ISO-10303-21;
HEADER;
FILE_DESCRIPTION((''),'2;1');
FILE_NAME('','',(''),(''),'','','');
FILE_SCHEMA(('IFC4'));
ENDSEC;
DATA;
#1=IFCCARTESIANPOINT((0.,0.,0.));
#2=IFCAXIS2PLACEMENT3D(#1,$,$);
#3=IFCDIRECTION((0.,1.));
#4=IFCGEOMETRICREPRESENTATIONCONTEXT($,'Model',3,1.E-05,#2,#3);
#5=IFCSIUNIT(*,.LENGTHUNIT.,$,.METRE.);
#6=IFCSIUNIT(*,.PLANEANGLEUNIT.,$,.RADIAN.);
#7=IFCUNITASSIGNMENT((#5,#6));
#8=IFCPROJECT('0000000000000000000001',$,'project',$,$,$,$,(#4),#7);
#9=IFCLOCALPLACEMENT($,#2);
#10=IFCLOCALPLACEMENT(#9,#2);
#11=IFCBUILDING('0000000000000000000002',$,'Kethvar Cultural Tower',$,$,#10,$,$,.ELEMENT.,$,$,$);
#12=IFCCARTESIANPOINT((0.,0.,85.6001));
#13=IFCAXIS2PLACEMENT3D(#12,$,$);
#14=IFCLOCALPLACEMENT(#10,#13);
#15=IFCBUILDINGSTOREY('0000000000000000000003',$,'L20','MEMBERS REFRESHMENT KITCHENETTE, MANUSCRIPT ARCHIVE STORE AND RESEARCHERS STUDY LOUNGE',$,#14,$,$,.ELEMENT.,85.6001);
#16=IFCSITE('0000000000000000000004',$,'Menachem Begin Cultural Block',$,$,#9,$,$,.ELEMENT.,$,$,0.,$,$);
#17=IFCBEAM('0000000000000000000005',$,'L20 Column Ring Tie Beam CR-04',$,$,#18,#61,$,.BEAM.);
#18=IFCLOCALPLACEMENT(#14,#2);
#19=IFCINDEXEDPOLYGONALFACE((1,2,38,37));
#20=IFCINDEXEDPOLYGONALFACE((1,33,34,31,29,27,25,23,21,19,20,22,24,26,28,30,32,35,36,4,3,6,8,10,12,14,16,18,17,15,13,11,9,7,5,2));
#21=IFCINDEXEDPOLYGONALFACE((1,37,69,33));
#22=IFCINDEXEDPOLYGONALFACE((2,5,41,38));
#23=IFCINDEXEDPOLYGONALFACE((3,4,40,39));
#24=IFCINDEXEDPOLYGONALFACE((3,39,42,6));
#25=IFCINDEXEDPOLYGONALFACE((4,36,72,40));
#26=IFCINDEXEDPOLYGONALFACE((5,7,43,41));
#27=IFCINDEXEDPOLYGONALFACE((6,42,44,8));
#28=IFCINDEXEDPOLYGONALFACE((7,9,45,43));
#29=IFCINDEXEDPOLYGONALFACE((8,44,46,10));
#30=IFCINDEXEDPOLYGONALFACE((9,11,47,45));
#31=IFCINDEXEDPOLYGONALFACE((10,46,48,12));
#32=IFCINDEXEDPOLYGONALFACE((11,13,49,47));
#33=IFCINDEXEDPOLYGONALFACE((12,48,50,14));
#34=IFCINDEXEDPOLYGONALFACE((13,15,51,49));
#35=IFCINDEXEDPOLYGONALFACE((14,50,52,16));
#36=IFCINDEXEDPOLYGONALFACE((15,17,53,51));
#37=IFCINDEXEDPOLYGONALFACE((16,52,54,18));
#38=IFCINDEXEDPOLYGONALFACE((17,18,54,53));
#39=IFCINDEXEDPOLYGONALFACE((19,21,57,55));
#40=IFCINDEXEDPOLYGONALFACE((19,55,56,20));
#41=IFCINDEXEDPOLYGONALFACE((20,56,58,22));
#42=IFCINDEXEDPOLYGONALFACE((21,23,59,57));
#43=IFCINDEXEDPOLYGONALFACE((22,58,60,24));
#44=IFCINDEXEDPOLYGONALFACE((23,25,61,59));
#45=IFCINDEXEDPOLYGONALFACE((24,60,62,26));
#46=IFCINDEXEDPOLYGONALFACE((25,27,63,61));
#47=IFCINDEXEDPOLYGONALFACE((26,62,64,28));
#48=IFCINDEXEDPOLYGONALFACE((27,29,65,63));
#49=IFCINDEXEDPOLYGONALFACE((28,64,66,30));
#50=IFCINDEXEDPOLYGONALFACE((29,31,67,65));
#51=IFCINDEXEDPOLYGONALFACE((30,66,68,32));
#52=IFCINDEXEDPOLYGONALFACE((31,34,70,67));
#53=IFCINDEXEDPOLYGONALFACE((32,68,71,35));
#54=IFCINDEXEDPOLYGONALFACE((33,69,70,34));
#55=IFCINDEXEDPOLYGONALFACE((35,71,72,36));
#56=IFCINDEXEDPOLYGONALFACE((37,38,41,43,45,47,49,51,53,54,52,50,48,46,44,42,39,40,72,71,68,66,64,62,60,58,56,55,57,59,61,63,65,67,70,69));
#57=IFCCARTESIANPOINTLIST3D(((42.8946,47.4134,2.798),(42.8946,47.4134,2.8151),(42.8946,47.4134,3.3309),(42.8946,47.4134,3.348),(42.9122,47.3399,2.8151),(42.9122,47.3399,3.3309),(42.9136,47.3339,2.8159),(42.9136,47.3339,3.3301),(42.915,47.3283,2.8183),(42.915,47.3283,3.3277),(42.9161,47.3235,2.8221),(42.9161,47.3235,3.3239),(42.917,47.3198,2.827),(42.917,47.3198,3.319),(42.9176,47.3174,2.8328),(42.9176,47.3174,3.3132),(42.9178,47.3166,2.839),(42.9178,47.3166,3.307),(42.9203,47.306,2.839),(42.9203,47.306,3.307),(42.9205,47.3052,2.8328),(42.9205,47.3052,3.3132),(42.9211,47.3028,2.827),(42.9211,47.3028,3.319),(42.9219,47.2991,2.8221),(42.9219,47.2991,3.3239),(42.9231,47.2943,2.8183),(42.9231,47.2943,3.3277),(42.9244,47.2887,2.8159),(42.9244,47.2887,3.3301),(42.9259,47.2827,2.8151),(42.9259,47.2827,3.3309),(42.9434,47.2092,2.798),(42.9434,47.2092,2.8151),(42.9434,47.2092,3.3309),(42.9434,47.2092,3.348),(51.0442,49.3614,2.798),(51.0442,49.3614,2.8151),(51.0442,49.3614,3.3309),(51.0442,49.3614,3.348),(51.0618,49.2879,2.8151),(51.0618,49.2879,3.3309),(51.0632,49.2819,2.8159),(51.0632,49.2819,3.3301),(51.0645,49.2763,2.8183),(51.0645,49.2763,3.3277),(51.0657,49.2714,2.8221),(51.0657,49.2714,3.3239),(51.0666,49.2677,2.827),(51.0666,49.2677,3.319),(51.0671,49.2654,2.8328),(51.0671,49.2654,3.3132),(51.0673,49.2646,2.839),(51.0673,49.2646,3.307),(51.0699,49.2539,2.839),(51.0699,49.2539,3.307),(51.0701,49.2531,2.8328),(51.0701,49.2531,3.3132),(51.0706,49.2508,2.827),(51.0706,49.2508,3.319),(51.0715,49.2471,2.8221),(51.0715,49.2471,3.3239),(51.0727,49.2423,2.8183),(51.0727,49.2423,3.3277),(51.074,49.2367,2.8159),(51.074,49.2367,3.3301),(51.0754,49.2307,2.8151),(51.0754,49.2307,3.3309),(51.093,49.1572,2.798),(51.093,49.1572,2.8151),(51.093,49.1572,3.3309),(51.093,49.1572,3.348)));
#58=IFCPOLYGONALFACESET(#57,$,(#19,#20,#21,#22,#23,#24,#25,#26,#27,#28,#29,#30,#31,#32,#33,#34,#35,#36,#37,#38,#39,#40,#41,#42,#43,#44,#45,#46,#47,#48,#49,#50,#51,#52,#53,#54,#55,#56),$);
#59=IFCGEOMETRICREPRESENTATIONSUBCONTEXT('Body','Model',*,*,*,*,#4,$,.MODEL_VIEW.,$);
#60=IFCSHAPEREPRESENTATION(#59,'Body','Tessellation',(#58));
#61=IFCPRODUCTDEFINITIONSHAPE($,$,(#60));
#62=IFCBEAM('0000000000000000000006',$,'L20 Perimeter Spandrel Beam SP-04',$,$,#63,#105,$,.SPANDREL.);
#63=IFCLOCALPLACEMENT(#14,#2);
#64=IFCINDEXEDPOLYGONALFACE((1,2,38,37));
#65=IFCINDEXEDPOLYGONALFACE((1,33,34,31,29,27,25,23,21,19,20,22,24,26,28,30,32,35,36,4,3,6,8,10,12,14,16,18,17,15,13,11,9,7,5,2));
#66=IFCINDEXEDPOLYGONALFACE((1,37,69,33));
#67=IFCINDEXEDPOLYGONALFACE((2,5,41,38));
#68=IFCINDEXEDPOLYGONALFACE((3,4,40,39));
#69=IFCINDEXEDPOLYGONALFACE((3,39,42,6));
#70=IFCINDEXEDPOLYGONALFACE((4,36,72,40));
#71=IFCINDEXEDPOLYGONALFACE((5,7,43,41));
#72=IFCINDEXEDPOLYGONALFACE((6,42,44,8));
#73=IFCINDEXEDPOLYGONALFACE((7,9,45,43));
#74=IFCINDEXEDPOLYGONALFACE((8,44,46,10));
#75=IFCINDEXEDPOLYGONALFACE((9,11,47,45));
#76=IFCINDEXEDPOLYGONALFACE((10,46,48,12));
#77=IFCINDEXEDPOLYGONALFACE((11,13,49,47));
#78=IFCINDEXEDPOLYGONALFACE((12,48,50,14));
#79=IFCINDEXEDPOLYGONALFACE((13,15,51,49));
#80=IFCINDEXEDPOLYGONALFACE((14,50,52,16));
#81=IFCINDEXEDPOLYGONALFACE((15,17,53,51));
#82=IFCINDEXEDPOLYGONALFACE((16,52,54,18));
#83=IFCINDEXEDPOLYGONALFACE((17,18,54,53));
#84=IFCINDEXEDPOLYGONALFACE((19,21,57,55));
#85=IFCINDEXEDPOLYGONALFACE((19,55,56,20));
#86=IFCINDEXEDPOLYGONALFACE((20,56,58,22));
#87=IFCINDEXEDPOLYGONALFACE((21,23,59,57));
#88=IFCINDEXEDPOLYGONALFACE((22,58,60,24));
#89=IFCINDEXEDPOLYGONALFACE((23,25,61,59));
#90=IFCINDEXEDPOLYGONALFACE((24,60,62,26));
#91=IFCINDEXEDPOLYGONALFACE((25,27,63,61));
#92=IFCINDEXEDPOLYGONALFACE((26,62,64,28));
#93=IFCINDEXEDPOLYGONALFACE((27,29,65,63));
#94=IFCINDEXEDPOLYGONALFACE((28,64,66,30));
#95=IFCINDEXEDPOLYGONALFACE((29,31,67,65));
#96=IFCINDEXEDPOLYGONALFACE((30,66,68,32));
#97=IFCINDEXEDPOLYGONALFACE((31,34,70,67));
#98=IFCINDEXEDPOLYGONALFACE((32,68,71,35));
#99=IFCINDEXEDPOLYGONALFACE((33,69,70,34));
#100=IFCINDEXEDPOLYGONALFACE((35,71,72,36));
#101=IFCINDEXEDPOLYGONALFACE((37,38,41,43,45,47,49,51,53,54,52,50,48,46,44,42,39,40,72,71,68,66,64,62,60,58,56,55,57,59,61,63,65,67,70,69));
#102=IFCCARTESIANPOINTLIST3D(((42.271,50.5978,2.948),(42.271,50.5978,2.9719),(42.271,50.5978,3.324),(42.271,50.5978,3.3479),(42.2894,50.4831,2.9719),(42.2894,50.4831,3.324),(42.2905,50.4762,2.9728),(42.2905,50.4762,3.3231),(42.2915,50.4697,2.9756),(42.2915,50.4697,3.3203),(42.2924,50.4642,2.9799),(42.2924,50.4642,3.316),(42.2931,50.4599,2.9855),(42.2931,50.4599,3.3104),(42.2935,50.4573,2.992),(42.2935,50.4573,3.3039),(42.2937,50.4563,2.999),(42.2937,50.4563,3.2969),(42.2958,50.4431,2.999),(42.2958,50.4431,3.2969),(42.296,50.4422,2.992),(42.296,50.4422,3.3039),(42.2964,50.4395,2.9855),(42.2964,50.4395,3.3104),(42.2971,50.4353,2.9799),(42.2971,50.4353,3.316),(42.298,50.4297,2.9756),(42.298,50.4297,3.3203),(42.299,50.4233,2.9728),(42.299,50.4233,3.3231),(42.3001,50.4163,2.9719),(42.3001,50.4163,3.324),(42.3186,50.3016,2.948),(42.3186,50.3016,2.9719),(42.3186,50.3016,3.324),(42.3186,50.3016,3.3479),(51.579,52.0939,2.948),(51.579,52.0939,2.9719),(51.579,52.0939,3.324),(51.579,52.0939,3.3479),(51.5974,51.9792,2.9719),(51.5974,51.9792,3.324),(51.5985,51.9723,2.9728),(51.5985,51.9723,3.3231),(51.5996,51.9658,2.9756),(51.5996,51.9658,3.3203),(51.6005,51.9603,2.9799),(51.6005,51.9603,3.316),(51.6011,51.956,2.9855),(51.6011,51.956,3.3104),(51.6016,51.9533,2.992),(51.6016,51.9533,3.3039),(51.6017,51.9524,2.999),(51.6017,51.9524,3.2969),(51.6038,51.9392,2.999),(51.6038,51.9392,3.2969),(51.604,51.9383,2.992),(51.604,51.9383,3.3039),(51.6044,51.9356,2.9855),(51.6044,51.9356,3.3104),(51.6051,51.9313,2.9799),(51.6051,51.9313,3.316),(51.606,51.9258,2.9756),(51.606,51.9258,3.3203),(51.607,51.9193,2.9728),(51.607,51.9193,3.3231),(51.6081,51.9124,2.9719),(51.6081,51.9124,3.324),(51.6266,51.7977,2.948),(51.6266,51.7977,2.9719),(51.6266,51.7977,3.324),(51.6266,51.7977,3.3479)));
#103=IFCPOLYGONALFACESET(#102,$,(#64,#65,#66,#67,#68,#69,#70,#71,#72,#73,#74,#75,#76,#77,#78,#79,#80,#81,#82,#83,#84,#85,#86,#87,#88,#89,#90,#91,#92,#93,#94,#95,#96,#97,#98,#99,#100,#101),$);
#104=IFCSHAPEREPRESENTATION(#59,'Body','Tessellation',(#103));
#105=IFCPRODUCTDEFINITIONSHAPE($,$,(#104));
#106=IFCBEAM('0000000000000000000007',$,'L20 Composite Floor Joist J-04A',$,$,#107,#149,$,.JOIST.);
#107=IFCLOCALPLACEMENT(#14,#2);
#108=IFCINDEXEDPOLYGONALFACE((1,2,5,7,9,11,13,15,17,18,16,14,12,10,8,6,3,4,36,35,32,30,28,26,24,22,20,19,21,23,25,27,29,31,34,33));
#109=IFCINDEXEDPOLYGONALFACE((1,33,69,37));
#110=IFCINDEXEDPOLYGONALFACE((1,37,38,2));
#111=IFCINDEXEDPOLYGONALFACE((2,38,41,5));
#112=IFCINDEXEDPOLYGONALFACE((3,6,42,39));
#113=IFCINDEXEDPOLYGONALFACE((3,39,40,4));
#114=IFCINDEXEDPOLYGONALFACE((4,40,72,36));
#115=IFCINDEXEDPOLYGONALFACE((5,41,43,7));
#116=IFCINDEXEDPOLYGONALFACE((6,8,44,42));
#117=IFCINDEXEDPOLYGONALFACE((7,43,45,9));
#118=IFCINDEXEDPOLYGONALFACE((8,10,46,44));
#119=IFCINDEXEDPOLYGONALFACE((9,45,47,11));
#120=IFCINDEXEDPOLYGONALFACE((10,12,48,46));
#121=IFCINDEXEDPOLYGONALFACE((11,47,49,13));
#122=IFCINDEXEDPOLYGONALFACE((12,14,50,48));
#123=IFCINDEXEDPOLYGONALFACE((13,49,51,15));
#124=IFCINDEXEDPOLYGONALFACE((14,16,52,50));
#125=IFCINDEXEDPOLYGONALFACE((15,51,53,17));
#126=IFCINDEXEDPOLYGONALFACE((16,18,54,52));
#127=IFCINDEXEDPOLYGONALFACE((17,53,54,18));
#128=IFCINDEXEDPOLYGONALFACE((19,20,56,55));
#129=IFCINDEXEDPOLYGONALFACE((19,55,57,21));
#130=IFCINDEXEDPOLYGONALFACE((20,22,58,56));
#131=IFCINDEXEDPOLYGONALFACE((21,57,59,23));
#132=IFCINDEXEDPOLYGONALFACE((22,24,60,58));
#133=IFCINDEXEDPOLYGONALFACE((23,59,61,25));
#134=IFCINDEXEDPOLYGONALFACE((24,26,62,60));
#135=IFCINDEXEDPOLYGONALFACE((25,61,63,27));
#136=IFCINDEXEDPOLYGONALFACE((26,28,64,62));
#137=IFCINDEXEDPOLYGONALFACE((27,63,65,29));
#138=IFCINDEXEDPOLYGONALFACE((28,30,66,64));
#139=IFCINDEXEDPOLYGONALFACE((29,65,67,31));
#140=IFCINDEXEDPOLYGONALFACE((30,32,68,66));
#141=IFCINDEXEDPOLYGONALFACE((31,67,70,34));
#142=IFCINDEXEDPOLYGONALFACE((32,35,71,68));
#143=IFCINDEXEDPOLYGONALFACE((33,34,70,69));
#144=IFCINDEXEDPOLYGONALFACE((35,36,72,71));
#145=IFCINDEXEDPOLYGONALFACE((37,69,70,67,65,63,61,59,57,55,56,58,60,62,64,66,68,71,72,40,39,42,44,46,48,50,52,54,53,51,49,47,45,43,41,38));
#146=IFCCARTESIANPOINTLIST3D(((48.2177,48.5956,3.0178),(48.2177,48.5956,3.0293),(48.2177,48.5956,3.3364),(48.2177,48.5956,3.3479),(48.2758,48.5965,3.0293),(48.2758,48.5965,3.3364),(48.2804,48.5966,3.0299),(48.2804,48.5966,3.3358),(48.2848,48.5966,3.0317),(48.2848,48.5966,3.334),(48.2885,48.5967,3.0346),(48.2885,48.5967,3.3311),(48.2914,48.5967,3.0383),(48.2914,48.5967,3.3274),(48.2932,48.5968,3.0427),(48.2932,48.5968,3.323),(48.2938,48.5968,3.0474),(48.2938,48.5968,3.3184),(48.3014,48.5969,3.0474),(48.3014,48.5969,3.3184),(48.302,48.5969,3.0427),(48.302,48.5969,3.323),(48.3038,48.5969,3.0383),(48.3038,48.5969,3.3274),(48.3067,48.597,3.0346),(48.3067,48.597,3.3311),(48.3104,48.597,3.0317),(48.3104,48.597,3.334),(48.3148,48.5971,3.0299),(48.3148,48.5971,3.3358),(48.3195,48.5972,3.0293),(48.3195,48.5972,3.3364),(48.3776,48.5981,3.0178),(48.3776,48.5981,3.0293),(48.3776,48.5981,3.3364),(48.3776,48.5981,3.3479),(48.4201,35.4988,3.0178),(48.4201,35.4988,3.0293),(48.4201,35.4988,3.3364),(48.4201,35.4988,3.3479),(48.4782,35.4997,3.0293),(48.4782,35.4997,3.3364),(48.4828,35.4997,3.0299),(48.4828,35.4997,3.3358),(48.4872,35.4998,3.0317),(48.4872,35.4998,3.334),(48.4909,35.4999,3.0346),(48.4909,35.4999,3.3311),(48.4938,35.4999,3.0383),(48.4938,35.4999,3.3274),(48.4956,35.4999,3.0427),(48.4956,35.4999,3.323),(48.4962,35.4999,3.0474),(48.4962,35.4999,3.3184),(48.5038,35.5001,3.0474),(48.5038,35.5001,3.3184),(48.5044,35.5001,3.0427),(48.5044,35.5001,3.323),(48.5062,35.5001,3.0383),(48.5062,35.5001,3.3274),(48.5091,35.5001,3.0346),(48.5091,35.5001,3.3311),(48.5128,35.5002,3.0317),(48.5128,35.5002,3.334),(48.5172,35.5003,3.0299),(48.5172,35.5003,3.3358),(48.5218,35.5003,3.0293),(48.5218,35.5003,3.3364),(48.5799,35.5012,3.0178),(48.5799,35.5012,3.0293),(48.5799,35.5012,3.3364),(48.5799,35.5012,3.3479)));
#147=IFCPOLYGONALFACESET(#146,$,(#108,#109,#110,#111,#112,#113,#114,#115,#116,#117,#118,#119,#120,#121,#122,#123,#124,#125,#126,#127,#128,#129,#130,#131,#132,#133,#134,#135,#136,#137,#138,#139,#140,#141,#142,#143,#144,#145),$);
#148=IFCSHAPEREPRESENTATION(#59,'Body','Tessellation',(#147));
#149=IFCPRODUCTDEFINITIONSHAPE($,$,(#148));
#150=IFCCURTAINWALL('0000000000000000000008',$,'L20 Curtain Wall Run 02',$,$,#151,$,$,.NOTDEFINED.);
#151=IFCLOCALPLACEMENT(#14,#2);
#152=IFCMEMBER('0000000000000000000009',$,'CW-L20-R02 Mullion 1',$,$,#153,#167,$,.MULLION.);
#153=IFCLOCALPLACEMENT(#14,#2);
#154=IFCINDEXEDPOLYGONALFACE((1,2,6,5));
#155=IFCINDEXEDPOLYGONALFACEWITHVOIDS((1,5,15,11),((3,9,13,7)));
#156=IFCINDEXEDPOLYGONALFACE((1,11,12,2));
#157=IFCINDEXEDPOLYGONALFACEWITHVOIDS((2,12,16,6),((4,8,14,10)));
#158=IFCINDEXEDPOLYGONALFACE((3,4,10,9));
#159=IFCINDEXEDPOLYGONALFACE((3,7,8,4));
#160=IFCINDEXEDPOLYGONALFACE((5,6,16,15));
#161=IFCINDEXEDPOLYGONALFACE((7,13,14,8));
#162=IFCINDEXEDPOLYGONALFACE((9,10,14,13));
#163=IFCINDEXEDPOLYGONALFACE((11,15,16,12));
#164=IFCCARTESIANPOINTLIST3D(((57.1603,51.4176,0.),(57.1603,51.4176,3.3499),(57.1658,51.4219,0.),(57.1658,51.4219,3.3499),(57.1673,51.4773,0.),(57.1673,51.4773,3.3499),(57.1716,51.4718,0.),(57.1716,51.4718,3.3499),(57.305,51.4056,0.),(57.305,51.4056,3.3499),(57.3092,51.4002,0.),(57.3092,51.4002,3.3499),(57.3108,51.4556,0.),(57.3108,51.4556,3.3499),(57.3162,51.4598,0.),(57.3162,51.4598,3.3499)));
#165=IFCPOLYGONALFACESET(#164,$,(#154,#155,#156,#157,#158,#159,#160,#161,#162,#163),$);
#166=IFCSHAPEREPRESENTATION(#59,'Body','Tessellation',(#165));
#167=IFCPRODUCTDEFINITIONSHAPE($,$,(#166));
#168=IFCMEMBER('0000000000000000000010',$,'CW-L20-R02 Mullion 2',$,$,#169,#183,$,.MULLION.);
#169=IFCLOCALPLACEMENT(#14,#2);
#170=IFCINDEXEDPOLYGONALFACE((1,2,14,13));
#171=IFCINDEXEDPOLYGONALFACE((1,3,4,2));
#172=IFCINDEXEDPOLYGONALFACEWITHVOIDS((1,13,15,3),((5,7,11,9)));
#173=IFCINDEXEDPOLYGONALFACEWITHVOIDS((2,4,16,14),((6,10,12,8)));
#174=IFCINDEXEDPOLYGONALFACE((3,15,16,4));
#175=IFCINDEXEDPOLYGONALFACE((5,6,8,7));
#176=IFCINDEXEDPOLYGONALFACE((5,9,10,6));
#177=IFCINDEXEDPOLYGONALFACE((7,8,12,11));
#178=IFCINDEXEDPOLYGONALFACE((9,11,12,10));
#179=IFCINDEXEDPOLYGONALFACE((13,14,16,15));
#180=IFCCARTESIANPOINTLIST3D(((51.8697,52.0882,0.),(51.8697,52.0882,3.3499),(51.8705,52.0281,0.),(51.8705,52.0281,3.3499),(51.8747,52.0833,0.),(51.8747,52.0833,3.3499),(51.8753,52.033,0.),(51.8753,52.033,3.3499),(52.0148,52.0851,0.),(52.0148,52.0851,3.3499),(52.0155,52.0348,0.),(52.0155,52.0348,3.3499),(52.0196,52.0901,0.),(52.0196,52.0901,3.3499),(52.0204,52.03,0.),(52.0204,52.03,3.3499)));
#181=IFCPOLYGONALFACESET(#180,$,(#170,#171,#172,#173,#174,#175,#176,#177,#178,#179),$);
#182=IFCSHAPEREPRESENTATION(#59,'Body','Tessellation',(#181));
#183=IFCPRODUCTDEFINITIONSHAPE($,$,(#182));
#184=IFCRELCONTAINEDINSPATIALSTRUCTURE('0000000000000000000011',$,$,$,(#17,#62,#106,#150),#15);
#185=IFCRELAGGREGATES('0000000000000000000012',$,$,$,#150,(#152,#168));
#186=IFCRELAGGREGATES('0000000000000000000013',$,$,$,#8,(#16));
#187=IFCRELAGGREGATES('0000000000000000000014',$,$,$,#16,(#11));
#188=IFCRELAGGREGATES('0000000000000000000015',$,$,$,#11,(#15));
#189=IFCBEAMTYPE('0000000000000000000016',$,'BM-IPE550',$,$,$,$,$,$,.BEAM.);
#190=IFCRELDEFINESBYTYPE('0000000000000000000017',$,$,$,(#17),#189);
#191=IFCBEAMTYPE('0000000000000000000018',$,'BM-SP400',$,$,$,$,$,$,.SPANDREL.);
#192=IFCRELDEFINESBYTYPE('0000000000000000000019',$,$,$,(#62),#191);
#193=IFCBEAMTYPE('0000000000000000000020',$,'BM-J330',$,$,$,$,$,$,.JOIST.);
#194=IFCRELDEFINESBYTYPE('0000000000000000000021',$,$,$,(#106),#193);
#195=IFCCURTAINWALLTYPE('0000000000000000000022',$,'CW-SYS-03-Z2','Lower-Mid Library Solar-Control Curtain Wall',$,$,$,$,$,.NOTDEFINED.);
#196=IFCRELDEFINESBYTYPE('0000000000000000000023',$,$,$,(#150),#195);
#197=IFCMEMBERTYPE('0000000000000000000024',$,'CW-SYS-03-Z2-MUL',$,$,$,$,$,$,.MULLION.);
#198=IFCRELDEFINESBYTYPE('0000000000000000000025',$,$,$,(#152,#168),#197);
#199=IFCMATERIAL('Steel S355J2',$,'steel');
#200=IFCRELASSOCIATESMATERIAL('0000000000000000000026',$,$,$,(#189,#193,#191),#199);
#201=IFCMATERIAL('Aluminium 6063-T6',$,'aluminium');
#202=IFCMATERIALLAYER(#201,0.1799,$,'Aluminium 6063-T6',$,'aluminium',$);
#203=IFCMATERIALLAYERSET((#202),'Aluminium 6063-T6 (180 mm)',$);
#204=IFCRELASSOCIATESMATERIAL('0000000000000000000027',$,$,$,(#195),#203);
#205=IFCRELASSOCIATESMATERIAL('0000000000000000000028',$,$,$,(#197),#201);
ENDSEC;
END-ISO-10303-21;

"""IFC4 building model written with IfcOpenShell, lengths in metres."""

from ifc_helpers import new_model, si_unit, direction, frame, origin, origin_2d, place, context, subcontext, project, spatial, hollow_rectangle, i_section, extrude, source, transform, mapped, material, layer, layer_set, material_profile, profile_set, type_object, element, aggregate, save


model = new_model("IFC4")

# Units and contexts
model_context = context("Model", 3, precision=1e-05, world=origin(), true_north=direction((0.0, 1.0)))
body_context = subcontext(model_context, "Body", "Model", "MODEL_VIEW")
ifc_project = project(units=[si_unit("LENGTHUNIT", "METRE"), si_unit("PLANEANGLEUNIT", "RADIAN")], contexts=[model_context])

# Site, building, storey
site_placement = place(None, origin())
site = spatial("IfcSite", under=ifc_project, at=site_placement, Name="Menachem Begin Cultural Block", CompositionType="ELEMENT", RefElevation=0.0)
building_placement = place(site_placement, origin())
building = spatial("IfcBuilding", under=site, at=building_placement, Name="Kethvar Cultural Tower", CompositionType="ELEMENT")
storey_placement = place(building_placement, frame((0.0, 0.0, 85.6001)))
storey = spatial("IfcBuildingStorey", under=building, at=storey_placement, Name="L20", Description="MEMBERS REFRESHMENT KITCHENETTE, MANUSCRIPT ARCHIVE STORE AND RESEARCHERS STUDY LOUNGE", CompositionType="ELEMENT", Elevation=85.6001)

# Beams
ifc_material_1 = material(Name="Steel S355J2", Category="steel")
ifc_material_profile_1 = material_profile(ifc_material_1, i_section(OverallWidth=0.21, OverallDepth=0.55, WebThickness=0.011, FlangeThickness=0.0171, FilletRadius=0.0239, at=origin_2d()), Name="Steel S355J2 — IPE550")
ifc_profile_set_1 = profile_set([ifc_material_profile_1], Name="Steel S355J2 — IPE550")
beam_type_1 = type_object("IfcBeamType", Name="BM-IPE550", PredefinedType="BEAM", material=ifc_profile_set_1)
ifc_material_profile_2 = material_profile(ifc_material_1, i_section(OverallWidth=0.1599, OverallDepth=0.3301, WebThickness=0.0076, FlangeThickness=0.0115, FilletRadius=0.0181, at=origin_2d()), Name="Steel S355J2 — IPE330")
ifc_profile_set_2 = profile_set([ifc_material_profile_2], Name="Steel S355J2 — IPE330")
beam_type_2 = type_object("IfcBeamType", Name="BM-J330", PredefinedType="JOIST", material=ifc_profile_set_2)
shared_shape_1 = source(origin(), body_context, "Body", "SweptSolid", [
    extrude(i_section(OverallWidth=0.21, OverallDepth=0.55, WebThickness=0.011, FlangeThickness=0.0171, FilletRadius=0.0239, at=origin_2d()), origin(), (0.0, 0.0, 1.0), 8.3792),
])
beam_1_placement = place(storey_placement, frame((51.0686, 49.2593, 3.073), z_axis=(-0.972601, -0.232479, 0.0), x_axis=(0.232479, -0.972601, 0.0)))
element("IfcBeam", 1, at=beam_1_placement, inside=storey, type_object=beam_type_1, Name="L20 Column Ring Tie Beam CR-04", PredefinedType="BEAM", context=body_context, shape_type="MappedRepresentation", body=[
    mapped(shared_shape_1, transform((0.0, 0.0, 0.0), scale=1.0)),
])
ifc_material_profile_3 = material_profile(ifc_material_1, i_section(OverallWidth=0.3, OverallDepth=0.3999, WebThickness=0.0134, FlangeThickness=0.0239, FilletRadius=0.0271, at=origin_2d()), Name="Steel S355J2 — HEB400")
ifc_profile_set_3 = profile_set([ifc_material_profile_3], Name="Steel S355J2 — HEB400")
beam_type_3 = type_object("IfcBeamType", Name="BM-SP400", PredefinedType="SPANDREL", material=ifc_profile_set_3)
shared_shape_2 = source(origin(), body_context, "Body", "SweptSolid", [
    extrude(i_section(OverallWidth=0.3, OverallDepth=0.3999, WebThickness=0.0134, FlangeThickness=0.0239, FilletRadius=0.0271, at=origin_2d()), origin(), (0.0, 0.0, 1.0), 9.4275),
])
beam_2_placement = place(storey_placement, frame((51.6028, 51.9458, 3.1479), z_axis=(-0.987328, -0.158693, 0.0), x_axis=(0.158693, -0.987328, 0.0)))
element("IfcBeam", 2, at=beam_2_placement, inside=storey, type_object=beam_type_3, Name="L20 Perimeter Spandrel Beam SP-04", PredefinedType="SPANDREL", context=body_context, shape_type="MappedRepresentation", body=[
    mapped(shared_shape_2, transform((0.0, 0.0, 0.0), scale=1.0)),
])
shared_shape_3 = source(origin(), body_context, "Body", "SweptSolid", [
    extrude(i_section(OverallWidth=0.1599, OverallDepth=0.3301, WebThickness=0.0076, FlangeThickness=0.0115, FilletRadius=0.0181, at=origin_2d()), origin(), (0.0, 0.0, 1.0), 13.0984),
])
beam_3_placement = place(storey_placement, frame((48.5, 35.5, 3.1829), z_axis=(-0.015452, 0.999881, 0.0), x_axis=(-0.999881, -0.015452, 0.0)))
element("IfcBeam", 3, at=beam_3_placement, inside=storey, type_object=beam_type_2, Name="L20 Composite Floor Joist J-04A", PredefinedType="JOIST", context=body_context, shape_type="MappedRepresentation", body=[
    mapped(shared_shape_3, transform((0.0, 0.0, 0.0), scale=1.0)),
])

# Curtain wall, members
ifc_material_2 = material(Name="Aluminium 6063-T6", Category="aluminium")
ifc_layer_1 = layer(ifc_material_2, 0.1799, Name="Aluminium 6063-T6", Category="aluminium")
ifc_layer_set_1 = layer_set([ifc_layer_1], Name="Aluminium 6063-T6 (180 mm)")
curtain_wall_type = type_object("IfcCurtainWallType", Name="CW-SYS-03-Z2", Description="Lower-Mid Library Solar-Control Curtain Wall", PredefinedType="NOTDEFINED", material=ifc_layer_set_1)
curtain_wall_placement = place(storey_placement, origin())
curtain_wall = element("IfcCurtainWall", 4, at=curtain_wall_placement, inside=storey, type_object=curtain_wall_type, Name="L20 Curtain Wall Run 02", PredefinedType="NOTDEFINED")
ifc_material_profile_4 = material_profile(ifc_material_2, hollow_rectangle(XDim=0.0601, YDim=0.1499, WallThickness=0.0049, at=origin_2d()), Name="Aluminium 6063-T6 — RHS150x60x5")
ifc_profile_set_4 = profile_set([ifc_material_profile_4], Name="Aluminium 6063-T6 — RHS150x60x5")
member_type_1 = type_object("IfcMemberType", Name="CW-SYS-03-Z2-MUL", PredefinedType="MULLION", material=ifc_profile_set_4)
shared_shape_4 = source(origin(), body_context, "Body", "SweptSolid", [
    extrude(hollow_rectangle(XDim=0.0601, YDim=0.1499, WallThickness=0.0049, at=origin_2d()), origin(), (0.0, 0.0, 1.0), 3.3499),
])
member_1_placement = place(storey_placement, frame((57.2383, 51.4387, 0.0), z_axis=(0.0, 0.0, 1.0), x_axis=(-0.116185, -0.993228, 0.0)))
member_1 = element("IfcMember", 5, at=member_1_placement, type_object=member_type_1, Name="CW-L20-R02 Mullion 1", PredefinedType="MULLION", context=body_context, shape_type="MappedRepresentation", body=[
    mapped(shared_shape_4, transform((0.0, 0.0, 0.0), scale=1.0)),
])
member_2_placement = place(storey_placement, frame((51.9451, 52.0591, 0.0), z_axis=(0.0, 0.0, 1.0), x_axis=(0.012741, -0.999919, 0.0)))
member_2 = element("IfcMember", 6, at=member_2_placement, type_object=member_type_1, Name="CW-L20-R02 Mullion 2", PredefinedType="MULLION", context=body_context, shape_type="MappedRepresentation", body=[
    mapped(shared_shape_4, transform((0.0, 0.0, 0.0), scale=1.0)),
])
aggregate(curtain_wall, [member_1, member_2])

save(model, "model.ifc")
